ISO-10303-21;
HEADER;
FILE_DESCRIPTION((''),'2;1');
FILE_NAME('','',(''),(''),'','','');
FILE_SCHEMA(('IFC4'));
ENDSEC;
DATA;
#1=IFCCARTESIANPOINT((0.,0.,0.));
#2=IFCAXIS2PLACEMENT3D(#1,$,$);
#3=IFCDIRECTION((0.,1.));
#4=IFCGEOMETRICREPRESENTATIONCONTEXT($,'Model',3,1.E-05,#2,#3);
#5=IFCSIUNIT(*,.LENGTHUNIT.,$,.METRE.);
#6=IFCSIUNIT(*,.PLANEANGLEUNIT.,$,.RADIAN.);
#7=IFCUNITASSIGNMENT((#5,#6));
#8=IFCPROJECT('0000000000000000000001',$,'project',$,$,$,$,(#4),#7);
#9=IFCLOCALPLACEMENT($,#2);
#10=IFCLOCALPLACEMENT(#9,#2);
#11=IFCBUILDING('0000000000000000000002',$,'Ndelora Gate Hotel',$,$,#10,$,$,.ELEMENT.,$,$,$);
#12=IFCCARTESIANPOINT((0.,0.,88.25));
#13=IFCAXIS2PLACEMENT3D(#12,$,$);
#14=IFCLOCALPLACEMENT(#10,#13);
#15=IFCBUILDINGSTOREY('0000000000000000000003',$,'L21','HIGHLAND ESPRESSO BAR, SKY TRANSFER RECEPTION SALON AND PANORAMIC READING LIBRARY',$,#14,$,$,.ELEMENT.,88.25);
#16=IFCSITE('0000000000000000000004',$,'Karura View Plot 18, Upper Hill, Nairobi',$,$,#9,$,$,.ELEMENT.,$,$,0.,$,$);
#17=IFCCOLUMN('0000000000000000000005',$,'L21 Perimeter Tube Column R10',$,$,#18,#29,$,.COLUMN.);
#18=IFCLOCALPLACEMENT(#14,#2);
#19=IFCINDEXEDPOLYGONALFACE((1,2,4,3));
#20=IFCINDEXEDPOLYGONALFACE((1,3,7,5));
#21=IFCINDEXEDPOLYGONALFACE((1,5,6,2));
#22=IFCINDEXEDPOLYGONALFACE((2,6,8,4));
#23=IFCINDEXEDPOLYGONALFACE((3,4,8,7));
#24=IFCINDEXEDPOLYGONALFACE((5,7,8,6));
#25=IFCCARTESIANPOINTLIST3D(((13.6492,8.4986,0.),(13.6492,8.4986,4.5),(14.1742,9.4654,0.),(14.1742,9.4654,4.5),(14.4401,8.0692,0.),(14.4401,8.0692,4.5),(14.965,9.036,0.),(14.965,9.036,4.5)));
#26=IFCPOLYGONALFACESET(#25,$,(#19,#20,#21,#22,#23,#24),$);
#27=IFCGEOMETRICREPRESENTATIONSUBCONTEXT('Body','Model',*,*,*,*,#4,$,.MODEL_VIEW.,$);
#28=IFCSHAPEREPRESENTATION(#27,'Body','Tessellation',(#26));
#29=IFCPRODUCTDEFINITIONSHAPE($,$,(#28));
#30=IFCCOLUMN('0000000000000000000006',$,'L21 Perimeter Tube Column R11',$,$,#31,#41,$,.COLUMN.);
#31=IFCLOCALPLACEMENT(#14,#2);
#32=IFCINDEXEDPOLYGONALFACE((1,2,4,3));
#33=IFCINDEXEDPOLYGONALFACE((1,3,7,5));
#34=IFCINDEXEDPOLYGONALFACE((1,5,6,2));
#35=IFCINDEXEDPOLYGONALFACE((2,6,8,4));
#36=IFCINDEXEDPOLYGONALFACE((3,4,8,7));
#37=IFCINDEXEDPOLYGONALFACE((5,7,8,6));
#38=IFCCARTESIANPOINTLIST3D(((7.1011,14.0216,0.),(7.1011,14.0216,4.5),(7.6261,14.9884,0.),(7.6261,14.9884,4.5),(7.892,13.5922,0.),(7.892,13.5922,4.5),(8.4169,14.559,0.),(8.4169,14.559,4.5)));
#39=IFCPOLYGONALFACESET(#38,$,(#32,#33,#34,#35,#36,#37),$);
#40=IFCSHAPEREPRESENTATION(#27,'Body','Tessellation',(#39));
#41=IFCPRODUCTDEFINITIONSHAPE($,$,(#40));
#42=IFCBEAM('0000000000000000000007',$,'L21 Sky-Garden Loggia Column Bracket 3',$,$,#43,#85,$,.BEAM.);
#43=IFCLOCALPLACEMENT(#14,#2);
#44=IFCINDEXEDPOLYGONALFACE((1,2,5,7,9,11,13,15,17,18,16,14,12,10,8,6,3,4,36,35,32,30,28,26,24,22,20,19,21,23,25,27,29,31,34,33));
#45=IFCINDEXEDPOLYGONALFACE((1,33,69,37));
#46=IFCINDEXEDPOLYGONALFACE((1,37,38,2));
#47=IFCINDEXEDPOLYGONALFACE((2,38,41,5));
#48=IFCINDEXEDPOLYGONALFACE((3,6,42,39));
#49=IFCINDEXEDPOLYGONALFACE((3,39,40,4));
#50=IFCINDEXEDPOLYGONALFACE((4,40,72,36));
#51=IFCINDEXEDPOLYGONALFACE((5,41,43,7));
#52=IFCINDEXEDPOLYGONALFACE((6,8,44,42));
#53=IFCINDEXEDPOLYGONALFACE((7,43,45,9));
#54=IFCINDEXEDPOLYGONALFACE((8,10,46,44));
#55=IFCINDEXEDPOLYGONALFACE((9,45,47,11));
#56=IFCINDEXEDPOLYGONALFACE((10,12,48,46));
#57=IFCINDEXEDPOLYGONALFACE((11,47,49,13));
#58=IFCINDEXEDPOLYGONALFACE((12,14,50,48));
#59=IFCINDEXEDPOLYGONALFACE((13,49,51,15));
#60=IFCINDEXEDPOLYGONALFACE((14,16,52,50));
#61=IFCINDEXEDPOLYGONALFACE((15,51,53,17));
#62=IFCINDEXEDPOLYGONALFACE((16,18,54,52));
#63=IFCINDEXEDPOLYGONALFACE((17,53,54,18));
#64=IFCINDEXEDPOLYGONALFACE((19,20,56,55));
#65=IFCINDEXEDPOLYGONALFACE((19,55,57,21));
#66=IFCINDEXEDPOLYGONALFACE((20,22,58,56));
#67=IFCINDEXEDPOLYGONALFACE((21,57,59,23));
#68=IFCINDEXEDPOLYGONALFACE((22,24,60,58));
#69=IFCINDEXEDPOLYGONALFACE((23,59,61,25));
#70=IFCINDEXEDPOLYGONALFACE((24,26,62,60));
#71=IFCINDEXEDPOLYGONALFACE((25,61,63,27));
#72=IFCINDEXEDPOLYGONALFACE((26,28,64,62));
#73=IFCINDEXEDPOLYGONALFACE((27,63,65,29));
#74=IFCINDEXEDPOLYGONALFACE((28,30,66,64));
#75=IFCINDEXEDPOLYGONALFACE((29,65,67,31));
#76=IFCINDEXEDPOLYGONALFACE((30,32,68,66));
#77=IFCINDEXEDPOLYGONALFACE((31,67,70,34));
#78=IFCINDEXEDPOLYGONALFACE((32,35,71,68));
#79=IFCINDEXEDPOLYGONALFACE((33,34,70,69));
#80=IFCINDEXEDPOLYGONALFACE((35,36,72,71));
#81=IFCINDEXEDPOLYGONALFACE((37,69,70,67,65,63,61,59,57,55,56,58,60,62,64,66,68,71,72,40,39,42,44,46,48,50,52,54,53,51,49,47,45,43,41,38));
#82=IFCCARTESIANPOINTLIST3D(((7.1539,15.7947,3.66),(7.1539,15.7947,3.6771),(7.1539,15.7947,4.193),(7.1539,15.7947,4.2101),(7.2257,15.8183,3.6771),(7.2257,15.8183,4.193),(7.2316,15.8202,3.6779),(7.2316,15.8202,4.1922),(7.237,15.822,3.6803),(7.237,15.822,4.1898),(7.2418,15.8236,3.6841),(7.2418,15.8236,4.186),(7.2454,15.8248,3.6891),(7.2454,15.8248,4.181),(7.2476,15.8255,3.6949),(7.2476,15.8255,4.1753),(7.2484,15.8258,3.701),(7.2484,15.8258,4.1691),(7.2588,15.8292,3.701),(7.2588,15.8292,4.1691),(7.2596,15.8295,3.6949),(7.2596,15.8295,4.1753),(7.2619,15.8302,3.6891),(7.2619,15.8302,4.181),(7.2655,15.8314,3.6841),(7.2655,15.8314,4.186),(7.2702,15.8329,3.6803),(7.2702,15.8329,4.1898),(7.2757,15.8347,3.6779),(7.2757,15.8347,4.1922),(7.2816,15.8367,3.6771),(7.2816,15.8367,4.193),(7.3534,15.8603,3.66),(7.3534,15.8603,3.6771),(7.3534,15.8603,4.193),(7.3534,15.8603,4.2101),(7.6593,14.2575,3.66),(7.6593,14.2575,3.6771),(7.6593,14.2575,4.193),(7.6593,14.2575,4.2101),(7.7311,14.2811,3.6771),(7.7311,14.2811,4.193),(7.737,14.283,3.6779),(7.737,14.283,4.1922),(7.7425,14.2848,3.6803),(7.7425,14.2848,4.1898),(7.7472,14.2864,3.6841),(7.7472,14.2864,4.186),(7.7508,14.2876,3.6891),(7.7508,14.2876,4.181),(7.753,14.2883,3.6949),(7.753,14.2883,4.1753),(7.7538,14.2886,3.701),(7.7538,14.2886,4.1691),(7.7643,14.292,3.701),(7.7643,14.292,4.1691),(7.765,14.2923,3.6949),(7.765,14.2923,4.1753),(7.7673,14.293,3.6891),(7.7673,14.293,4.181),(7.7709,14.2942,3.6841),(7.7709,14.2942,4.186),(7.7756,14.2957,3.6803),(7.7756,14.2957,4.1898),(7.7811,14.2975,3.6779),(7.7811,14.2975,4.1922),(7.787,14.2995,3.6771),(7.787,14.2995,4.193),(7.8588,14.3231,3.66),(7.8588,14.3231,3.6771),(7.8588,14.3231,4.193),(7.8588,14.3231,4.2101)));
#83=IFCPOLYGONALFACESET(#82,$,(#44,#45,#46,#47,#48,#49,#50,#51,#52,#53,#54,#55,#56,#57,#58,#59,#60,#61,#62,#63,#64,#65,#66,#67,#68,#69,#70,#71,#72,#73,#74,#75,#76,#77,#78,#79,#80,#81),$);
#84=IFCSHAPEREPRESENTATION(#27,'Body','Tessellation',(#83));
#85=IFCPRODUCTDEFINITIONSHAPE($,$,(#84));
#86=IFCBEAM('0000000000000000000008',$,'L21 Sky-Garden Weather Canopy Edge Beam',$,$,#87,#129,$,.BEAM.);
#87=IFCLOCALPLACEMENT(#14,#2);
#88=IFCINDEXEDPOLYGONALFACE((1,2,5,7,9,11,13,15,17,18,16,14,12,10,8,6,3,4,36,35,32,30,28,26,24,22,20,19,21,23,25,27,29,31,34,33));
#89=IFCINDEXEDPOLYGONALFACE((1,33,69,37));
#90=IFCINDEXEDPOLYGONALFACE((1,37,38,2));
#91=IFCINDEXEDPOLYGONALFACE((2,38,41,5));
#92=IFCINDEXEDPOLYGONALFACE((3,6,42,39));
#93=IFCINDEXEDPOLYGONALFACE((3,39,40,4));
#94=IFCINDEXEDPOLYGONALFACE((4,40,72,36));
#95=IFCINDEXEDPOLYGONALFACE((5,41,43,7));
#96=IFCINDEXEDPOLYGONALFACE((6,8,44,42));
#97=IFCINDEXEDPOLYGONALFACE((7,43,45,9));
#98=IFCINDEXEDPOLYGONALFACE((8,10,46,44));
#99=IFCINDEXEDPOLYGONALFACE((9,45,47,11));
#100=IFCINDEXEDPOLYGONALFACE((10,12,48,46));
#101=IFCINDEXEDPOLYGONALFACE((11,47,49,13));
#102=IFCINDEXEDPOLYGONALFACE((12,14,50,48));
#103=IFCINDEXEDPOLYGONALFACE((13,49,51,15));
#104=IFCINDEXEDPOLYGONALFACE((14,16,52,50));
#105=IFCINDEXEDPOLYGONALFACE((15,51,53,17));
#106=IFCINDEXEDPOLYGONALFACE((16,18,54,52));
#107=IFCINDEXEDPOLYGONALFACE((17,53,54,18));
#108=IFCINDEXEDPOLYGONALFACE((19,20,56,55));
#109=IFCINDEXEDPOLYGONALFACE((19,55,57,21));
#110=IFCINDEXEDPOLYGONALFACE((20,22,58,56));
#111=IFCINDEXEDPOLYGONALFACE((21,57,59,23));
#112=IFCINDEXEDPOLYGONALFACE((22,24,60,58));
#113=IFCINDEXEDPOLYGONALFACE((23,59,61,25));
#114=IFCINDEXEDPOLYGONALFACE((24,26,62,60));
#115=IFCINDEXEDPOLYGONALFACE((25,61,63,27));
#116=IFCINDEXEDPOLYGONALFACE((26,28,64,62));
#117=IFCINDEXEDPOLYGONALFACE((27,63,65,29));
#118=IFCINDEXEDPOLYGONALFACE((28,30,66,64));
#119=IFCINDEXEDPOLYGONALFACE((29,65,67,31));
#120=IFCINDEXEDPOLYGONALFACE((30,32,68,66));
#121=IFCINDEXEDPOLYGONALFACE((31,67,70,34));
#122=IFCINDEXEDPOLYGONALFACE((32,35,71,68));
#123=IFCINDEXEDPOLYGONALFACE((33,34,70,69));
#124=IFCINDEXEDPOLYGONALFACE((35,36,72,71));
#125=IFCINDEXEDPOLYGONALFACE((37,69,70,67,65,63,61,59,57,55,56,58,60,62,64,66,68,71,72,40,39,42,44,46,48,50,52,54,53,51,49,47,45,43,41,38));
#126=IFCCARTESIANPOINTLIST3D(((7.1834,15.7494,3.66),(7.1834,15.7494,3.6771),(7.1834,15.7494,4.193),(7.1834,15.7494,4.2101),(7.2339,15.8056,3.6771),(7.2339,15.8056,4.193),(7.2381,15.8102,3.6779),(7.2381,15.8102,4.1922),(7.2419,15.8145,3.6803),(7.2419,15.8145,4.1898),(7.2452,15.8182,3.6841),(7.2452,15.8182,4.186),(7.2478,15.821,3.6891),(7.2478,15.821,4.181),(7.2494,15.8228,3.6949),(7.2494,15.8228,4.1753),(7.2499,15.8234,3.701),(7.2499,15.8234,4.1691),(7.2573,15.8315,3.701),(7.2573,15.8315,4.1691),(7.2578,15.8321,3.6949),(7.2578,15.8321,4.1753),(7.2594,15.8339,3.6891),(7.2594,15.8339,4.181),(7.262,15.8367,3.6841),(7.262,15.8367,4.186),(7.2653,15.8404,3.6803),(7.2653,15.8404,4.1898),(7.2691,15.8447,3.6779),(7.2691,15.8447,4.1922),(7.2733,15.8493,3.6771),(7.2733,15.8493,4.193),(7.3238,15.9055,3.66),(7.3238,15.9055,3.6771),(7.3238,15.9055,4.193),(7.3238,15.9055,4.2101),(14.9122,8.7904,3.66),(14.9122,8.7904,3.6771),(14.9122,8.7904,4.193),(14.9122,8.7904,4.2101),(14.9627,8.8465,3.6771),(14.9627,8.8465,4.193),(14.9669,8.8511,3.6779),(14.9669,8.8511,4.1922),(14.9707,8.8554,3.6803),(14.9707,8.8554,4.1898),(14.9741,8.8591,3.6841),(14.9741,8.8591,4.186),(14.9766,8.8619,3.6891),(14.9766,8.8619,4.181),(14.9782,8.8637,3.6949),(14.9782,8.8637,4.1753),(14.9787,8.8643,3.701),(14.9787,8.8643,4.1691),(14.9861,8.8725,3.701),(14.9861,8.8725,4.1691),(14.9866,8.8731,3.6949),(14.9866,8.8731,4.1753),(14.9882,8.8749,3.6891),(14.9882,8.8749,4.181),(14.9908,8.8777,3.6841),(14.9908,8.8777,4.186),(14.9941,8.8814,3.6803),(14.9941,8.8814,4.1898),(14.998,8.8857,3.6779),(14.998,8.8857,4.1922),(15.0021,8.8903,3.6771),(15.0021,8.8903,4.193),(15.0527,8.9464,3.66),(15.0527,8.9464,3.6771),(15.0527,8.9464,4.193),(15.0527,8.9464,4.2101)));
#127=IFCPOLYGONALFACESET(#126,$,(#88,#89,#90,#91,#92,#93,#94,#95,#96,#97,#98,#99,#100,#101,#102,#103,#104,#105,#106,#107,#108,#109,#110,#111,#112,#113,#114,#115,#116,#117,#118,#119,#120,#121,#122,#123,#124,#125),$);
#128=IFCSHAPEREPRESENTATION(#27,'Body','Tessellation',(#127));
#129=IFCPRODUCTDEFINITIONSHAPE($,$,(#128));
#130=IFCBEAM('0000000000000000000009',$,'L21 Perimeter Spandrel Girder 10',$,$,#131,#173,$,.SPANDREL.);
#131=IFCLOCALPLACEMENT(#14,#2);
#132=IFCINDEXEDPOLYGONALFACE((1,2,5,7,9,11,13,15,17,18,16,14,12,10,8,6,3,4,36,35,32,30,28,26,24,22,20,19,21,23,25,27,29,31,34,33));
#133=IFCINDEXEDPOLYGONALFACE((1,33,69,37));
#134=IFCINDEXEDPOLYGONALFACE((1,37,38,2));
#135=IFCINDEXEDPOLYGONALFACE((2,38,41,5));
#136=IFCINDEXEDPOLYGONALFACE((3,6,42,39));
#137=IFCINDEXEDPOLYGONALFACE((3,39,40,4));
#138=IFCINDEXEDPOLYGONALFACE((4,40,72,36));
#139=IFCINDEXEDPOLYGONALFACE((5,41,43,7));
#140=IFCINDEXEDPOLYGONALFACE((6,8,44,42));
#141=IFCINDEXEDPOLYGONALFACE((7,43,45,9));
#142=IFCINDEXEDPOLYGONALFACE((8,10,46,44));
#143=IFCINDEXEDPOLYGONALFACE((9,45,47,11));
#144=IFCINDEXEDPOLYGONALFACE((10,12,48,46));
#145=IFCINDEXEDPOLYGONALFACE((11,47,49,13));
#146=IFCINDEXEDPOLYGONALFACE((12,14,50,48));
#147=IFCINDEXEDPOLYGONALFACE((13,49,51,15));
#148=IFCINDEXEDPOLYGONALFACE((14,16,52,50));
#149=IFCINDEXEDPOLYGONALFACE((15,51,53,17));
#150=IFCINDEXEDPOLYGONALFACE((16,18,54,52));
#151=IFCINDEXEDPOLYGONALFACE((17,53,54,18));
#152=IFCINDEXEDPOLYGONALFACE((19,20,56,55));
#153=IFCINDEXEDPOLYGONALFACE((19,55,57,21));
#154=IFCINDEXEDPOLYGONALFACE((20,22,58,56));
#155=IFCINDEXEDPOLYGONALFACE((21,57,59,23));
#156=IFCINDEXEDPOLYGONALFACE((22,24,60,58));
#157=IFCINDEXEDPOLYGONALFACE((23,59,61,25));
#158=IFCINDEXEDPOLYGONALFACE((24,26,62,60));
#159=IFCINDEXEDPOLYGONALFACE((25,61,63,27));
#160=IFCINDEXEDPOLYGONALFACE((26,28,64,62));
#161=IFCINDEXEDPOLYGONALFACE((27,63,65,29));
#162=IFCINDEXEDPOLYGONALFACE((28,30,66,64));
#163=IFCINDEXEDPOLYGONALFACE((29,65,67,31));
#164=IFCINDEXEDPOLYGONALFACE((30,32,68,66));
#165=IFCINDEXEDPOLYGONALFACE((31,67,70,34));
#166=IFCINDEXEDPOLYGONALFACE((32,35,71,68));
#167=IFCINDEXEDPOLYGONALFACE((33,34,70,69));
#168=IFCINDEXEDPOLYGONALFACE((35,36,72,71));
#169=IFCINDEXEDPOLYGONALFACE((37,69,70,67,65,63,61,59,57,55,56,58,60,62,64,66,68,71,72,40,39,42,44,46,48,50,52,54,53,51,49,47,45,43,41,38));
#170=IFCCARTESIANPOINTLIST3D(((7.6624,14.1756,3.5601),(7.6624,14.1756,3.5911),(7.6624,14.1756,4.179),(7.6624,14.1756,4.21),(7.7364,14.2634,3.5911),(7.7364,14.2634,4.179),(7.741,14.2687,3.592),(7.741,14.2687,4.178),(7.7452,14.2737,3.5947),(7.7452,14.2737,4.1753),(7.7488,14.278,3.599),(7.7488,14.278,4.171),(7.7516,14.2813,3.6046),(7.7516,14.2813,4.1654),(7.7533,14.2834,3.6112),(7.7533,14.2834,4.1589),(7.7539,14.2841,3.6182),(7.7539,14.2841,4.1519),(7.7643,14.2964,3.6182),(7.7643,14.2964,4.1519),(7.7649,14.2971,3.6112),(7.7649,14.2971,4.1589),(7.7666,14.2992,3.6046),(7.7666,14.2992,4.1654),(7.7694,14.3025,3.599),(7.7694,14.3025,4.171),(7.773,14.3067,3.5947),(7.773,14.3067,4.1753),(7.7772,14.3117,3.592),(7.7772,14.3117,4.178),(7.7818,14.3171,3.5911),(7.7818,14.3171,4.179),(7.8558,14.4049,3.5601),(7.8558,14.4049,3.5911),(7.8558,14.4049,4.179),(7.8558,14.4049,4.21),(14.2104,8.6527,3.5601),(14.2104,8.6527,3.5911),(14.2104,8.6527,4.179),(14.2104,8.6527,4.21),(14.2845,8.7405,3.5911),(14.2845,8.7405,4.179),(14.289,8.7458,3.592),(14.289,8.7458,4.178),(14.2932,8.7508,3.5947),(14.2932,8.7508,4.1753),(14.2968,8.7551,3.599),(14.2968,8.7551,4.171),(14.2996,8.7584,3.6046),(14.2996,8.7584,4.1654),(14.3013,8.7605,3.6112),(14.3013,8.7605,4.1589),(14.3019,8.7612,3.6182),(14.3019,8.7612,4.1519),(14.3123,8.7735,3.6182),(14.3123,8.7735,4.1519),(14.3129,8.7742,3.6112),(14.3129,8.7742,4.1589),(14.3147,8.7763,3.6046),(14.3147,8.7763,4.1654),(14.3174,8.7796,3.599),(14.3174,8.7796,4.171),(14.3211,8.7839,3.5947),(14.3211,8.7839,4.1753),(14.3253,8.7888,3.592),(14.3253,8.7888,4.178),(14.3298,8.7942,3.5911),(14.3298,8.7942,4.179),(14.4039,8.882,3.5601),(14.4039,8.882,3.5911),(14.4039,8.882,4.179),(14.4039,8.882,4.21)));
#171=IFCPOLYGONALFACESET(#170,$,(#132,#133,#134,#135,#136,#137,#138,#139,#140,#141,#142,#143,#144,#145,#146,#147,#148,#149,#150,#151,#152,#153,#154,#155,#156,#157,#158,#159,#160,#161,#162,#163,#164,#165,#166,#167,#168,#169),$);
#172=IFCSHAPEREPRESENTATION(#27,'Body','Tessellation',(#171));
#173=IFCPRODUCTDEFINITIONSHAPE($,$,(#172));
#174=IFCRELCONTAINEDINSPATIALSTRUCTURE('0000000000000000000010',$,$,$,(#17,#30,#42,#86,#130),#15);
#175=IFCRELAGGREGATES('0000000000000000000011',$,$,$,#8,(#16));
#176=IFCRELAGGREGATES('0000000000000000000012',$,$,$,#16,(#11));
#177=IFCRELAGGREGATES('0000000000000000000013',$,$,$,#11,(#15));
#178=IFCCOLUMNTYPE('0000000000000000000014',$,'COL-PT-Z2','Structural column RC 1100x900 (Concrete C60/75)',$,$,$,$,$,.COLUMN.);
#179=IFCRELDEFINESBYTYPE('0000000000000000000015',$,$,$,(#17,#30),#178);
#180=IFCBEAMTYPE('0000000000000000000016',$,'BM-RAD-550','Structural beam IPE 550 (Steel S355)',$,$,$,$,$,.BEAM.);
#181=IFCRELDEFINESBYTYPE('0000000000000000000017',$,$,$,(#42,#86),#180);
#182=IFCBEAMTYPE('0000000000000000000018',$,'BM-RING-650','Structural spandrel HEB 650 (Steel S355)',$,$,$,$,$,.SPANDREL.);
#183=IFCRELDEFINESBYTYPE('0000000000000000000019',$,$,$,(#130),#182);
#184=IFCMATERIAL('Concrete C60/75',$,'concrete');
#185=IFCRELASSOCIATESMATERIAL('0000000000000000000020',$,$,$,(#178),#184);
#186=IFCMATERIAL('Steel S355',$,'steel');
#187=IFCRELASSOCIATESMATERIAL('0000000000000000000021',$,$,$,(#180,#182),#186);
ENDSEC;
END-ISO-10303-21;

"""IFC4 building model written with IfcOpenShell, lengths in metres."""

from ifc_helpers import new_model, si_unit, direction, frame, origin, origin_2d, place, context, subcontext, project, spatial, rectangle, i_section, extrude, material, material_profile, profile_set, type_object, element, save


model = new_model("IFC4")

# Units and contexts
model_context = context("Model", 3, precision=1e-05, world=origin(), true_north=direction((0.0, 1.0)))
body_context = subcontext(model_context, "Body", "Model", "MODEL_VIEW")
ifc_project = project(units=[si_unit("LENGTHUNIT", "METRE"), si_unit("PLANEANGLEUNIT", "RADIAN")], contexts=[model_context])

# Site, building, storey
site_placement = place(None, origin())
site = spatial("IfcSite", under=ifc_project, at=site_placement, Name="Karura View Plot 18, Upper Hill, Nairobi", CompositionType="ELEMENT", RefElevation=0.0)
building_placement = place(site_placement, origin())
building = spatial("IfcBuilding", under=site, at=building_placement, Name="Ndelora Gate Hotel", CompositionType="ELEMENT")
storey_placement = place(building_placement, frame((0.0, 0.0, 88.25)))
storey = spatial("IfcBuildingStorey", under=building, at=storey_placement, Name="L21", Description="HIGHLAND ESPRESSO BAR, SKY TRANSFER RECEPTION SALON AND PANORAMIC READING LIBRARY", CompositionType="ELEMENT", Elevation=88.25)

# Columns
ifc_material_1 = material(Name="Concrete C60/75", Category="concrete")
ifc_material_profile_1 = material_profile(ifc_material_1, rectangle(XDim=0.8999, YDim=1.1001, at=origin_2d()), Name="RC 1100x900")
ifc_profile_set_1 = profile_set([ifc_material_profile_1], Name="Concrete C60/75")
column_type = type_object("IfcColumnType", Name="COL-PT-Z2", Description="Structural column RC 1100x900 (Concrete C60/75)", PredefinedType="COLUMN", material=ifc_profile_set_1)
for number, where, z_axis, x_axis, name in (
    (1, (14.3071, 8.7673, 0.0), (0.0, 0.0, 1.0), (-0.878817, 0.477159, 0.0), "L21 Perimeter Tube Column R10"),
    (2, (7.759, 14.2903, 0.0), (0.0, 0.0, 1.0), (-0.878817, 0.477159, 0.0), "L21 Perimeter Tube Column R11"),
):
    element("IfcColumn", number, at=place(storey_placement, frame(where, z_axis=z_axis, x_axis=x_axis)), inside=storey, type_object=column_type, Name=name, PredefinedType="COLUMN", context=body_context, shape_type="SweptSolid", body=[
        extrude(rectangle(XDim=0.8999, YDim=1.1001, at=origin_2d()), origin(), (0.0, 0.0, 1.0), 4.5),
    ])

# Beams
ifc_material_2 = material(Name="Steel S355", Category="steel")
ifc_material_profile_2 = material_profile(ifc_material_2, i_section(OverallWidth=0.21, OverallDepth=0.55, WebThickness=0.011, FlangeThickness=0.0171, FilletRadius=0.0239, at=origin_2d()), Name="IPE 550")
ifc_profile_set_2 = profile_set([ifc_material_profile_2], Name="Steel S355")
beam_type_1 = type_object("IfcBeamType", Name="BM-RAD-550", Description="Structural beam IPE 550 (Steel S355)", PredefinedType="BEAM", material=ifc_profile_set_2)
beam_1_placement = place(storey_placement, frame((7.759, 14.2903, 3.9351), z_axis=(-0.312332, 0.949973, 0.0), x_axis=(-0.949973, -0.312332, 0.0)))
element("IfcBeam", 3, at=beam_1_placement, inside=storey, type_object=beam_type_1, Name="L21 Sky-Garden Loggia Column Bracket 3", PredefinedType="BEAM", context=body_context, shape_type="SweptSolid", body=[
    extrude(i_section(OverallWidth=0.21, OverallDepth=0.55, WebThickness=0.011, FlangeThickness=0.0171, FilletRadius=0.0239, at=origin_2d()), origin(), (0.0, 0.0, 1.0), 1.6182),
])
beam_2_placement = place(storey_placement, frame((14.9824, 8.8684, 3.9351), z_axis=(-0.743146, 0.669129, 0.0), x_axis=(-0.669129, -0.743146, 0.0)))
element("IfcBeam", 4, at=beam_2_placement, inside=storey, type_object=beam_type_1, Name="L21 Sky-Garden Weather Canopy Edge Beam", PredefinedType="BEAM", context=body_context, shape_type="SweptSolid", body=[
    extrude(i_section(OverallWidth=0.21, OverallDepth=0.55, WebThickness=0.011, FlangeThickness=0.0171, FilletRadius=0.0239, at=origin_2d()), origin(), (0.0, 0.0, 1.0), 10.4001),
])
ifc_material_profile_3 = material_profile(ifc_material_2, i_section(OverallWidth=0.3, OverallDepth=0.6499, WebThickness=0.0161, FlangeThickness=0.031, FilletRadius=0.0271, at=origin_2d()), Name="HEB 650")
ifc_profile_set_3 = profile_set([ifc_material_profile_3], Name="Steel S355")
beam_type_2 = type_object("IfcBeamType", Name="BM-RING-650", Description="Structural spandrel HEB 650 (Steel S355)", PredefinedType="SPANDREL", material=ifc_profile_set_3)
beam_3_placement = place(storey_placement, frame((14.3071, 8.7673, 3.885), z_axis=(-0.764407, 0.644734, 0.0), x_axis=(-0.644734, -0.764407, 0.0)))
element("IfcBeam", 5, at=beam_3_placement, inside=storey, type_object=beam_type_2, Name="L21 Perimeter Spandrel Girder 10", PredefinedType="SPANDREL", context=body_context, shape_type="SweptSolid", body=[
    extrude(i_section(OverallWidth=0.3, OverallDepth=0.6499, WebThickness=0.0161, FlangeThickness=0.031, FilletRadius=0.0271, at=origin_2d()), origin(), (0.0, 0.0, 1.0), 8.5662),
])

save(model, "model.ifc")
